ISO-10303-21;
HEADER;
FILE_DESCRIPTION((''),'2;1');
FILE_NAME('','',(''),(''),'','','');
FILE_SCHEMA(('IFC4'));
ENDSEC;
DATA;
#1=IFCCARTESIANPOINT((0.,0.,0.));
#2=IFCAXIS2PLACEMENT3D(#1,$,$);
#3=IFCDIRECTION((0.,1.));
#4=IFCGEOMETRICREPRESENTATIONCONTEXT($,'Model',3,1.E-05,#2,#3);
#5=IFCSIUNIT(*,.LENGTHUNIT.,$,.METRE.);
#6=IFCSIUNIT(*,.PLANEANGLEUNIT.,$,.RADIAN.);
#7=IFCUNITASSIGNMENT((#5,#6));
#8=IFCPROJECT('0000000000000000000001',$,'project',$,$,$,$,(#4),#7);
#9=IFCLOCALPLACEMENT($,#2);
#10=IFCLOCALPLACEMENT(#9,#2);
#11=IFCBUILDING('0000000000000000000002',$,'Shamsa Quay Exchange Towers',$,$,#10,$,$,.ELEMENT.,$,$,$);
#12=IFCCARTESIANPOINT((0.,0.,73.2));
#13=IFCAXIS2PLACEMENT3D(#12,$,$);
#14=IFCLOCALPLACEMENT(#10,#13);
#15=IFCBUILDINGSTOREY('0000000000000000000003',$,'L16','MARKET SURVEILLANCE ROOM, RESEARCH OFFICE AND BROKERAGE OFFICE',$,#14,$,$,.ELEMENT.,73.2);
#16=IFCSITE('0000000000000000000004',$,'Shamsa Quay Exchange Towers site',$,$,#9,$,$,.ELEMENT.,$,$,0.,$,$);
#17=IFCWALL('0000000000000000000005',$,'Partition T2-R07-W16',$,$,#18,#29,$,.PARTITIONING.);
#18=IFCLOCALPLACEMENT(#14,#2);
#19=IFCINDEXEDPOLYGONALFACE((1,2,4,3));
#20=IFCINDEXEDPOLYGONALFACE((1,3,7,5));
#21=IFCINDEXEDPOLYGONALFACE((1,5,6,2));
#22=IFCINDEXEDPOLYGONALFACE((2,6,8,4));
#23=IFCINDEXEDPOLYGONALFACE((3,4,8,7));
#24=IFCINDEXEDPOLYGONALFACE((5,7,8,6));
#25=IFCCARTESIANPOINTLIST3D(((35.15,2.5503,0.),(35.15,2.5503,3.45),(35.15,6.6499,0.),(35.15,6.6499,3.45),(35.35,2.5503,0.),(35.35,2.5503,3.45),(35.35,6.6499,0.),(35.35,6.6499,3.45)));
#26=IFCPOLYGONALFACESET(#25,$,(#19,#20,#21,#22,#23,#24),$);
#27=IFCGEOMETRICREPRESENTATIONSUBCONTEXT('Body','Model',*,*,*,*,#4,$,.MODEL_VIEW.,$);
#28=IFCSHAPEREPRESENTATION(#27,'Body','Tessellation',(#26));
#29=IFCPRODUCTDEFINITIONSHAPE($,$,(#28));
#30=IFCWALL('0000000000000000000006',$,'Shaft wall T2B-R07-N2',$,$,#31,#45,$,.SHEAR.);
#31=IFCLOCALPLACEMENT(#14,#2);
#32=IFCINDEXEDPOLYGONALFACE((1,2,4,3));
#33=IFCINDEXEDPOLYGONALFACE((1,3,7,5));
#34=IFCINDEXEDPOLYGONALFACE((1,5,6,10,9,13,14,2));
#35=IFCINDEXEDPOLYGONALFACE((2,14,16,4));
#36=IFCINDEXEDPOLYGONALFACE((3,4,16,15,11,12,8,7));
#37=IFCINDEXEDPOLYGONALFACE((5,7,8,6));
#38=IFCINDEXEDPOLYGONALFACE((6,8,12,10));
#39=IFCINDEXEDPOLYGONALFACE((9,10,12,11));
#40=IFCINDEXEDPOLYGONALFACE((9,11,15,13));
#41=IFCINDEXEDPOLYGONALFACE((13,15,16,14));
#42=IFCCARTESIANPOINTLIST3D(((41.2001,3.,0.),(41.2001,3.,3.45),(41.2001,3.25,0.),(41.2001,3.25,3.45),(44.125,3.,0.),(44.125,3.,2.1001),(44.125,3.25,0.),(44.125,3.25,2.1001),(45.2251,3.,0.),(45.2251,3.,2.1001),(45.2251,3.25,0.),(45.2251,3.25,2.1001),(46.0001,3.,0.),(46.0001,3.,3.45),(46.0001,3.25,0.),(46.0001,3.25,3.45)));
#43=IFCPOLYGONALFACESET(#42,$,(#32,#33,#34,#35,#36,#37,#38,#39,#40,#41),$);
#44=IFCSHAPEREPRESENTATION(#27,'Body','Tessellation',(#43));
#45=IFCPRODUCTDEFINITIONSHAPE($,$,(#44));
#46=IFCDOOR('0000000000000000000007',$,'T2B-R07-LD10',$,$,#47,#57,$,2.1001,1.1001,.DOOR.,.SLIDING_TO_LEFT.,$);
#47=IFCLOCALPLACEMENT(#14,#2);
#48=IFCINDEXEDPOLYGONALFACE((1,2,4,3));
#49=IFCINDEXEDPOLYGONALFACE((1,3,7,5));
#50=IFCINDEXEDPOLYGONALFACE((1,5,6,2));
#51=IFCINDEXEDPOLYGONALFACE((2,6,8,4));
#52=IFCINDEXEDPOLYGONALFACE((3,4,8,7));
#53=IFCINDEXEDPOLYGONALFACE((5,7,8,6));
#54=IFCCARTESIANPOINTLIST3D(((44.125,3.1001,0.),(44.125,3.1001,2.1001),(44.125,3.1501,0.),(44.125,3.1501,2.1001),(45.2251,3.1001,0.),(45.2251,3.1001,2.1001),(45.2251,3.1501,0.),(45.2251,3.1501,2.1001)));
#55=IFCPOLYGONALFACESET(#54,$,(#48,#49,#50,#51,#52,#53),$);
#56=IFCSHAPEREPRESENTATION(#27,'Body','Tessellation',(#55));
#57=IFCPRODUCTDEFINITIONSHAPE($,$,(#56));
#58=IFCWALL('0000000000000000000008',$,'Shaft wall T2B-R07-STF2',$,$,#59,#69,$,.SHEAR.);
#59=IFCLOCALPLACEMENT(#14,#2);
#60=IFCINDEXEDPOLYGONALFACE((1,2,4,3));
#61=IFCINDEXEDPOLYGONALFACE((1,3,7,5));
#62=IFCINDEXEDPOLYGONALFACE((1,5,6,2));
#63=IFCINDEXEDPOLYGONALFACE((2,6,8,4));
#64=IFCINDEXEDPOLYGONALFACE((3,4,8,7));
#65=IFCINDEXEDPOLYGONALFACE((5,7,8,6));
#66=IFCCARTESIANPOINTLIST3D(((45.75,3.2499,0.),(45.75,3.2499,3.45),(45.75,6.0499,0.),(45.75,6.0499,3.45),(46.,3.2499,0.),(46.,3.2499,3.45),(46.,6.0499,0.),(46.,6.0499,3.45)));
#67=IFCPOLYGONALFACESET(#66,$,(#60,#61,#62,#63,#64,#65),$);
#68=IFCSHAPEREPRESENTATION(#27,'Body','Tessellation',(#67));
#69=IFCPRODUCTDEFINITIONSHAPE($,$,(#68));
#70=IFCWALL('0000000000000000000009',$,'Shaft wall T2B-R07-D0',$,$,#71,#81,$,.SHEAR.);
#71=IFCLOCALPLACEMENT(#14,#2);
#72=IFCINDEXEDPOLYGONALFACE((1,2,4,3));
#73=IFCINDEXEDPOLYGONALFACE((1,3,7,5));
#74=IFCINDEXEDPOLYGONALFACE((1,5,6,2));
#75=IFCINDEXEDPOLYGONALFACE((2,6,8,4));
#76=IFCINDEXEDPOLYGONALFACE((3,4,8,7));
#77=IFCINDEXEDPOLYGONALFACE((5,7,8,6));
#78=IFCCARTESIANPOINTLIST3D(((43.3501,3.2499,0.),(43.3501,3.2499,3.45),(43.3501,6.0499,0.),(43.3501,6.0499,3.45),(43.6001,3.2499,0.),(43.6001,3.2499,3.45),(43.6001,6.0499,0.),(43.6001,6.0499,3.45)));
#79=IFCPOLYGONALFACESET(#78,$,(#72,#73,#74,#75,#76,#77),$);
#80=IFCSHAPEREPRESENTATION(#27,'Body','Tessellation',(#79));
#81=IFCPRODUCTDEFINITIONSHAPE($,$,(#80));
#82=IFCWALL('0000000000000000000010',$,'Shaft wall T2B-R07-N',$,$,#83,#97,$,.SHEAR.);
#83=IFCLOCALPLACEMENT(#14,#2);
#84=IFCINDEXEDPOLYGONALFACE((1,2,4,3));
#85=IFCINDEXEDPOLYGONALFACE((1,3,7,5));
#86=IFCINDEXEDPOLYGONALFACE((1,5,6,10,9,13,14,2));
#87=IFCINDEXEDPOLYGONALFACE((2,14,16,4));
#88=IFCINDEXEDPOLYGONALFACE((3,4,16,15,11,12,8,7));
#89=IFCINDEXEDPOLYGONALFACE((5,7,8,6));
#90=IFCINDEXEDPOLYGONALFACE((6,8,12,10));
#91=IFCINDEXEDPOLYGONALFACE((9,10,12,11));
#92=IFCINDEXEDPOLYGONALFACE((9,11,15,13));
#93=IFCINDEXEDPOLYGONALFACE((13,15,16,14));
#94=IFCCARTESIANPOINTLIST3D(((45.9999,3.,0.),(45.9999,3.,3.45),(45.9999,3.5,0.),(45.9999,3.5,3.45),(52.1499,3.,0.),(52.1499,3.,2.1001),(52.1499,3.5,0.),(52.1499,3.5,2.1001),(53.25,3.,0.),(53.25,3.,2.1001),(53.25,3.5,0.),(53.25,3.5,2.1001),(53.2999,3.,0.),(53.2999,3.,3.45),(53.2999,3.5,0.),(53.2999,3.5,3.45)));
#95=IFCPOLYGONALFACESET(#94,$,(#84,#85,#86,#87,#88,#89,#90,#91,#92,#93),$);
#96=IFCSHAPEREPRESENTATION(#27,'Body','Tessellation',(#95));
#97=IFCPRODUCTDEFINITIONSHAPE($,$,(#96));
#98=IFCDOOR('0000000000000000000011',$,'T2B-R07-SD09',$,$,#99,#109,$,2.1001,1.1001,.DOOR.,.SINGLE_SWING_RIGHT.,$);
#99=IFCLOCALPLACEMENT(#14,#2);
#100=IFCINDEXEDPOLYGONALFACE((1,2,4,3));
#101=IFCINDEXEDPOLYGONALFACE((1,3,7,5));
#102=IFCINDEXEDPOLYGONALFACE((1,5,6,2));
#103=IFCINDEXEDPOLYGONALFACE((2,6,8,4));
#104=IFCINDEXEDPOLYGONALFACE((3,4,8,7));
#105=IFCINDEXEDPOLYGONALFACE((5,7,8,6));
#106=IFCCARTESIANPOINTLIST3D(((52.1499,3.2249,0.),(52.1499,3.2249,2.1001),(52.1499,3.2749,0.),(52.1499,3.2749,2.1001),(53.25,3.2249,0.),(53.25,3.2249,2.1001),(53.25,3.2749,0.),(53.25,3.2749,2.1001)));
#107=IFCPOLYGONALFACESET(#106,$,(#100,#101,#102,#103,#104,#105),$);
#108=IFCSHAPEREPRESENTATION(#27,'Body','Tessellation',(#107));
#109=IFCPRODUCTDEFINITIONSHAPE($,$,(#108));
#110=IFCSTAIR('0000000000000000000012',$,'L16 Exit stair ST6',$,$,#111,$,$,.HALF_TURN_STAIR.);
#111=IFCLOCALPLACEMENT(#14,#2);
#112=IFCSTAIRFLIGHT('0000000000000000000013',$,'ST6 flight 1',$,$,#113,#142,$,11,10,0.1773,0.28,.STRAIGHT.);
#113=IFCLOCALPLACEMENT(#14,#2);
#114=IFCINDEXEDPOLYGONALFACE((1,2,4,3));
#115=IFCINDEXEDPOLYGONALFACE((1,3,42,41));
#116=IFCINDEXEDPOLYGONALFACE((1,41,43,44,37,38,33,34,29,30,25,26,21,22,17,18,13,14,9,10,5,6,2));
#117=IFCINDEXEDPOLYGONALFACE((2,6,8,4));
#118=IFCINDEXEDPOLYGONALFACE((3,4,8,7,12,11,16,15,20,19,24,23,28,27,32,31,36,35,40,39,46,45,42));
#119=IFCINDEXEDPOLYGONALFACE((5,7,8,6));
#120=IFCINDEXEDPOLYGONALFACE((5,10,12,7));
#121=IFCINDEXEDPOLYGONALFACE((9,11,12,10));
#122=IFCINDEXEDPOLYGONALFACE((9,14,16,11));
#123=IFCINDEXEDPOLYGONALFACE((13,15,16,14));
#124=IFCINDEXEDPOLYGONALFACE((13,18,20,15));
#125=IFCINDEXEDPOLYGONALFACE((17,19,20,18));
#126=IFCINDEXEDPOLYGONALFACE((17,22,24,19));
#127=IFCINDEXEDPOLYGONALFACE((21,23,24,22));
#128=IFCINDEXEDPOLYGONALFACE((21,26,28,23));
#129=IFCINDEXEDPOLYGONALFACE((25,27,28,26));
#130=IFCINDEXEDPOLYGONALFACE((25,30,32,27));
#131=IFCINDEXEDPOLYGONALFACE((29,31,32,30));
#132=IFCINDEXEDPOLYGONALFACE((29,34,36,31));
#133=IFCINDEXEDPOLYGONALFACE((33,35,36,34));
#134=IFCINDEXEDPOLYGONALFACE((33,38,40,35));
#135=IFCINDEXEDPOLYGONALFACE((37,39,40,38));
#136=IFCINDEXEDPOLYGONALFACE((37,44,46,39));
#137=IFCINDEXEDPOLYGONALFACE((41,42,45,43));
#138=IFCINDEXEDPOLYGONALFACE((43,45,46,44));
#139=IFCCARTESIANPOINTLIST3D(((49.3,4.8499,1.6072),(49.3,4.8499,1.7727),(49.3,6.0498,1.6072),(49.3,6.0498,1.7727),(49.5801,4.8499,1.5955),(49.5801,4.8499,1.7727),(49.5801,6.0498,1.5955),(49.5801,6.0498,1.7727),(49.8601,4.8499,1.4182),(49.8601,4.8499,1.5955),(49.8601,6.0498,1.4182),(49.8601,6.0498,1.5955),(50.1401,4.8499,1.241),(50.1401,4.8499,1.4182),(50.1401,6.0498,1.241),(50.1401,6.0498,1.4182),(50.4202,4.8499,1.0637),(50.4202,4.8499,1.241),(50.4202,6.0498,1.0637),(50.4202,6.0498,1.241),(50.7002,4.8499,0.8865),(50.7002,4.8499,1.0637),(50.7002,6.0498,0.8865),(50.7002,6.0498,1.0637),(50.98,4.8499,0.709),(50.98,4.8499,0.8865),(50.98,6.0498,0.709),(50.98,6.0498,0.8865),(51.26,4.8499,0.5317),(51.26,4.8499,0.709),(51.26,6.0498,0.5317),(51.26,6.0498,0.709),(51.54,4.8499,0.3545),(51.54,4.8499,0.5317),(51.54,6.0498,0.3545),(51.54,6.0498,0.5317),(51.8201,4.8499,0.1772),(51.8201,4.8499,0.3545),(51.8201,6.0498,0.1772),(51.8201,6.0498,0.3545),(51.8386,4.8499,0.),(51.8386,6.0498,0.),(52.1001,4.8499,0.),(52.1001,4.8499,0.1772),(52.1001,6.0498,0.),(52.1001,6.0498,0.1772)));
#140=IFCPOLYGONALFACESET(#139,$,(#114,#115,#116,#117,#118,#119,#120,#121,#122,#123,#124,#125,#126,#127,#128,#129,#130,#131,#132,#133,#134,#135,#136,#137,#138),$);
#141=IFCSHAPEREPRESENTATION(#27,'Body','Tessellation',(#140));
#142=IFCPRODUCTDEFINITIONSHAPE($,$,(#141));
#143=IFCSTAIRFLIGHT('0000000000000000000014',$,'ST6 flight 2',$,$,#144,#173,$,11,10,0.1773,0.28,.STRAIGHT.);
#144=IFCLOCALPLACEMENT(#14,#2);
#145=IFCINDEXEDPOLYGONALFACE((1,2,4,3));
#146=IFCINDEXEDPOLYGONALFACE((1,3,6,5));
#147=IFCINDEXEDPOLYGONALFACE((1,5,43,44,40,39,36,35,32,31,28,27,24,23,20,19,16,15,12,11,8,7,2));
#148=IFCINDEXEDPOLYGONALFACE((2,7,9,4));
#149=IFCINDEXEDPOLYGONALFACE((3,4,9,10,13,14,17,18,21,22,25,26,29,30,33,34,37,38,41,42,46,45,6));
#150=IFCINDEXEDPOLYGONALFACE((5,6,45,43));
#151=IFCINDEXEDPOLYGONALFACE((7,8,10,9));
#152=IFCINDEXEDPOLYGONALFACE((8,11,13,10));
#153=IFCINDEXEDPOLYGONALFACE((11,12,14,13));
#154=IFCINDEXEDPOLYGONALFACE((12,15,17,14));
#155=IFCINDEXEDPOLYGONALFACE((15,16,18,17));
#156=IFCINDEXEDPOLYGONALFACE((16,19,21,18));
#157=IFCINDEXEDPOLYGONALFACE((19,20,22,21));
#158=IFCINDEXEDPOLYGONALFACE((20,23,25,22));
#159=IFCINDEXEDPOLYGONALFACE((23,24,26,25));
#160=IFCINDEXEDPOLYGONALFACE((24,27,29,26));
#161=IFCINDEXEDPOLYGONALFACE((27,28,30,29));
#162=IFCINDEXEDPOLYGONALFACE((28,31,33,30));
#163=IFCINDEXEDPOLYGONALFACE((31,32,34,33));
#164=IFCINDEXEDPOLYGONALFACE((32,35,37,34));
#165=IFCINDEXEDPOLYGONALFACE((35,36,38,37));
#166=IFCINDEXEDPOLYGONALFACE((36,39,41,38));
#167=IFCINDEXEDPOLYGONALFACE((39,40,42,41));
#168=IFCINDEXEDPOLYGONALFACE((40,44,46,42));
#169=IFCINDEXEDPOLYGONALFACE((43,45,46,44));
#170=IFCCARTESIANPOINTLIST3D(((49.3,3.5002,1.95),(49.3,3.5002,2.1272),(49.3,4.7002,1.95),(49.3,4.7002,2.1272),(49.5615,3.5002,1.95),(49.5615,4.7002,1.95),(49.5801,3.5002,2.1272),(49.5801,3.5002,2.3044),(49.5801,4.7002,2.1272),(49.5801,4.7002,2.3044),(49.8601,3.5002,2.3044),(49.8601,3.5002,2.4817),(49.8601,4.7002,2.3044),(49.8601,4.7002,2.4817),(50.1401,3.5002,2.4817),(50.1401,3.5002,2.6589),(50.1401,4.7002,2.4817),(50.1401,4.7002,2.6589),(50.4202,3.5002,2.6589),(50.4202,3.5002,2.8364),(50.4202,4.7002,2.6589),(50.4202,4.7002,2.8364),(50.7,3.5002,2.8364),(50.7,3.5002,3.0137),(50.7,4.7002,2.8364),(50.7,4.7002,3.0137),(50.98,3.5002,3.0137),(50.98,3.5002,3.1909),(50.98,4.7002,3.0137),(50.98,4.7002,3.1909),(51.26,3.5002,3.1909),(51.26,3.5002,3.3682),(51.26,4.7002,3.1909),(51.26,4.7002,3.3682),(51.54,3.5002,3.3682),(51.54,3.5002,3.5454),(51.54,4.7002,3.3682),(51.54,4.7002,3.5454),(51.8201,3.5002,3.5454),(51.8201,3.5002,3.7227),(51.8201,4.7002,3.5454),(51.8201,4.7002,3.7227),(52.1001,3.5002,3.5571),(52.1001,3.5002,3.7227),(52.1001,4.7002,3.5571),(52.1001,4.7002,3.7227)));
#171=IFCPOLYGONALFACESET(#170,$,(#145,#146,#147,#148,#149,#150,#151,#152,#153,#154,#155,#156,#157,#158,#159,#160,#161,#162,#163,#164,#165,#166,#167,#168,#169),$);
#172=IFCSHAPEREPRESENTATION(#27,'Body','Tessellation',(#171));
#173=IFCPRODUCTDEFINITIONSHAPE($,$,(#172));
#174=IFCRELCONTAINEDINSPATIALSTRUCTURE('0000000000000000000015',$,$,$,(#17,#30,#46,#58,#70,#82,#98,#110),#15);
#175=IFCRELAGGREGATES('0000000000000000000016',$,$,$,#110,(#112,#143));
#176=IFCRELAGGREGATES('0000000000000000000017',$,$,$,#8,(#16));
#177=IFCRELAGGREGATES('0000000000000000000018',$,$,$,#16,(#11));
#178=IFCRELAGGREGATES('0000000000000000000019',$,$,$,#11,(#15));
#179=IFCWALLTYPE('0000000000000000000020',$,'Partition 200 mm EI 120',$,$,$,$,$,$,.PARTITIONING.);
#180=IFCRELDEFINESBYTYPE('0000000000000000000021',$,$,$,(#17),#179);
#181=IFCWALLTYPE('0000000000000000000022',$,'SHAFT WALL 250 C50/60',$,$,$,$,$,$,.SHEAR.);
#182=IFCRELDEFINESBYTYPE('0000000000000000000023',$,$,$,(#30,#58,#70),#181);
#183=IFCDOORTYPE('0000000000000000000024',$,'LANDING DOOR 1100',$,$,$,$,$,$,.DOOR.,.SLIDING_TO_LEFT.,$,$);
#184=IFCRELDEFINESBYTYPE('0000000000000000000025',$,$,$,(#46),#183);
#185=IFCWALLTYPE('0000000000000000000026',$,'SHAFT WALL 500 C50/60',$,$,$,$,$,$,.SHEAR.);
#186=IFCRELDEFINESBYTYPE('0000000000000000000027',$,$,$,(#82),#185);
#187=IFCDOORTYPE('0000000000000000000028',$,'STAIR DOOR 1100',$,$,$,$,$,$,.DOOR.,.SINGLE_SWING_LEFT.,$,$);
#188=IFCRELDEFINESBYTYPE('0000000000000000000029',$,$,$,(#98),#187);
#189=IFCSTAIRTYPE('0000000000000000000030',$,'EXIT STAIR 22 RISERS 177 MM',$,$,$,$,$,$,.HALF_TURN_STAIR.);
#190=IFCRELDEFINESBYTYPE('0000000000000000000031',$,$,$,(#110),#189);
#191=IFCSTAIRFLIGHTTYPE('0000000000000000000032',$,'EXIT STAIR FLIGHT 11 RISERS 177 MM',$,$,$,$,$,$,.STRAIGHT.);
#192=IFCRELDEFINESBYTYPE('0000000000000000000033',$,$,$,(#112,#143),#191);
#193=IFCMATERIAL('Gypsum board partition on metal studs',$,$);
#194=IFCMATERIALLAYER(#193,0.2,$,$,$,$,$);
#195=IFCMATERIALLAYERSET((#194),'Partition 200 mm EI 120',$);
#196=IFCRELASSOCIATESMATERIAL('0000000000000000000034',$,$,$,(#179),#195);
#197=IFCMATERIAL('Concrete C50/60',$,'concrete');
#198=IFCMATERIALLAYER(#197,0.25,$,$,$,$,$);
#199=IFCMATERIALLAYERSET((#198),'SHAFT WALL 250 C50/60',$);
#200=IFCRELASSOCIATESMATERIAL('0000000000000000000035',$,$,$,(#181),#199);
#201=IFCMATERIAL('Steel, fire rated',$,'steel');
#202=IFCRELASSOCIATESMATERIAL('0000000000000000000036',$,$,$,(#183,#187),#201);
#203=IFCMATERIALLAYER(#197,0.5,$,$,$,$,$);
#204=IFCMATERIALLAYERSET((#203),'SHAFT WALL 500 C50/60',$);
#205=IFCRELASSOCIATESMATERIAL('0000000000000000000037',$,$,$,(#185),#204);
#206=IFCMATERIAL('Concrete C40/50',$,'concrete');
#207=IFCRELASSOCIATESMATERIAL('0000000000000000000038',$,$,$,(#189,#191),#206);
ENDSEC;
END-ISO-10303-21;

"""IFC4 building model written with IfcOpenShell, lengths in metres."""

from ifc_helpers import new_model, si_unit, direction, frame, frame_2d, origin, place, context, subcontext, project, spatial, polyline, rectangle, outline, extrude, material, layer, layer_set, type_object, element, fill, aggregate, save


model = new_model("IFC4")

# Units and contexts
model_context = context("Model", 3, precision=1e-05, world=origin(), true_north=direction((0.0, 1.0)))
body_context = subcontext(model_context, "Body", "Model", "MODEL_VIEW")
ifc_project = project(units=[si_unit("LENGTHUNIT", "METRE"), si_unit("PLANEANGLEUNIT", "RADIAN")], contexts=[model_context])

# Site, building, storey
site_placement = place(None, origin())
site = spatial("IfcSite", under=ifc_project, at=site_placement, Name="Shamsa Quay Exchange Towers site", CompositionType="ELEMENT", RefElevation=0.0)
building_placement = place(site_placement, origin())
building = spatial("IfcBuilding", under=site, at=building_placement, Name="Shamsa Quay Exchange Towers", CompositionType="ELEMENT")
storey_placement = place(building_placement, frame((0.0, 0.0, 73.2)))
storey = spatial("IfcBuildingStorey", under=building, at=storey_placement, Name="L16", Description="MARKET SURVEILLANCE ROOM, RESEARCH OFFICE AND BROKERAGE OFFICE", CompositionType="ELEMENT", Elevation=73.2)

# Shared definitions
ifc_material_1 = material(Name="Gypsum board partition on metal studs")

# Wall
ifc_layer_1 = layer(ifc_material_1, 0.2)
ifc_layer_set_1 = layer_set([ifc_layer_1], Name="Partition 200 mm EI 120")
wall_type_1 = type_object("IfcWallType", Name="Partition 200 mm EI 120", PredefinedType="PARTITIONING", material=ifc_layer_set_1)
wall_1_placement = place(storey_placement, frame((35.25, 6.6499, 0.0), z_axis=(0.0, 0.0, 1.0), x_axis=(0.0, -1.0, 0.0)))
element("IfcWall", 1, at=wall_1_placement, inside=storey, type_object=wall_type_1, Name="Partition T2-R07-W16", PredefinedType="PARTITIONING", context=body_context, shape_type="SweptSolid", body=[
    extrude(rectangle(XDim=4.0996, YDim=0.2, at=frame_2d((2.0498, 0.0))), origin(), (0.0, 0.0, 1.0), 3.45),
])

# Wall, opening, door
ifc_material_2 = material(Name="Concrete C50/60", Category="concrete")
ifc_layer_2 = layer(ifc_material_2, 0.25)
ifc_layer_set_2 = layer_set([ifc_layer_2], Name="SHAFT WALL 250 C50/60")
wall_type_2 = type_object("IfcWallType", Name="SHAFT WALL 250 C50/60", PredefinedType="SHEAR", material=ifc_layer_set_2)
wall_2_placement = place(storey_placement, frame((46.0, 3.125, 0.0), z_axis=(0.0, 0.0, 1.0), x_axis=(-1.0, 0.0, 0.0)))
wall_2 = element("IfcWall", 2, at=wall_2_placement, inside=storey, type_object=wall_type_2, Name="Shaft wall T2B-R07-N2", PredefinedType="SHEAR", context=body_context, shape_type="SweptSolid", body=[
    extrude(rectangle(XDim=4.8, YDim=0.25, at=frame_2d((2.3999, 0.0))), origin(), (0.0, 0.0, 1.0), 3.45),
])
opening_1_placement = place(wall_2_placement, frame((0.7749, 0.0, 0.0)))
opening_1 = element("IfcOpeningElement", 3, at=opening_1_placement, cuts=wall_2, PredefinedType="OPENING", context=body_context, shape_type="SweptSolid", body=[
    extrude(rectangle(XDim=1.1001, YDim=2.1001, at=frame_2d((0.55, 1.05))), frame((0.0, 0.135, 0.0), z_axis=(0.0, -1.0, 0.0), x_axis=(1.0, 0.0, 0.0)), (0.0, 0.0, 1.0), 0.27),
])
ifc_material_3 = material(Name="Steel, fire rated", Category="steel")
door_type_1 = type_object("IfcDoorType", Name="LANDING DOOR 1100", OperationType="SLIDING_TO_LEFT", PredefinedType="DOOR", material=ifc_material_3)
door_1_placement = place(opening_1_placement, origin())
door_1 = element("IfcDoor", 4, at=door_1_placement, inside=storey, type_object=door_type_1, Name="T2B-R07-LD10", OperationType="SLIDING_TO_LEFT", OverallHeight=2.1001, OverallWidth=1.1001, PredefinedType="DOOR", context=body_context, shape_type="SweptSolid", body=[
    extrude(rectangle(XDim=1.1001, YDim=2.1001, at=frame_2d((0.55, 1.05))), frame((0.0, 0.0249, 0.0), z_axis=(0.0, -1.0, 0.0), x_axis=(1.0, 0.0, 0.0)), (0.0, 0.0, 1.0), 0.05),
])
fill(opening_1, door_1)

# Walls
for number, where, z_axis, x_axis, name in (
    (5, (45.875, 3.25, 0.0), (0.0, 0.0, 1.0), (0.0, 1.0, 0.0), "Shaft wall T2B-R07-STF2"),
    (6, (43.4751, 3.25, 0.0), (0.0, 0.0, 1.0), (0.0, 1.0, 0.0), "Shaft wall T2B-R07-D0"),
):
    element("IfcWall", number, at=place(storey_placement, frame(where, z_axis=z_axis, x_axis=x_axis)), inside=storey, type_object=wall_type_2, Name=name, PredefinedType="SHEAR", context=body_context, shape_type="SweptSolid", body=[
        extrude(rectangle(XDim=2.8, YDim=0.25, at=frame_2d((1.3999, 0.0))), origin(), (0.0, 0.0, 1.0), 3.45),
    ])

# Wall, opening, door
ifc_layer_3 = layer(ifc_material_2, 0.5)
ifc_layer_set_3 = layer_set([ifc_layer_3], Name="SHAFT WALL 500 C50/60")
wall_type_3 = type_object("IfcWallType", Name="SHAFT WALL 500 C50/60", PredefinedType="SHEAR", material=ifc_layer_set_3)
wall_3_placement = place(storey_placement, frame((46.0, 3.25, 0.0)))
wall_3 = element("IfcWall", 7, at=wall_3_placement, inside=storey, type_object=wall_type_3, Name="Shaft wall T2B-R07-N", PredefinedType="SHEAR", context=body_context, shape_type="SweptSolid", body=[
    extrude(rectangle(XDim=7.3, YDim=0.5, at=frame_2d((3.6499, 0.0))), origin(), (0.0, 0.0, 1.0), 3.45),
])
opening_2_placement = place(wall_3_placement, frame((6.1499, 0.0, 0.0)))
opening_2 = element("IfcOpeningElement", 8, at=opening_2_placement, cuts=wall_3, PredefinedType="OPENING", context=body_context, shape_type="SweptSolid", body=[
    extrude(rectangle(XDim=1.1001, YDim=2.1001, at=frame_2d((0.55, 1.05))), frame((0.0, 0.26, 0.0), z_axis=(0.0, -1.0, 0.0), x_axis=(1.0, 0.0, 0.0)), (0.0, 0.0, 1.0), 0.52),
])
door_type_2 = type_object("IfcDoorType", Name="STAIR DOOR 1100", OperationType="SINGLE_SWING_LEFT", PredefinedType="DOOR", material=ifc_material_3)
door_2_placement = place(opening_2_placement, origin())
door_2 = element("IfcDoor", 9, at=door_2_placement, inside=storey, type_object=door_type_2, Name="T2B-R07-SD09", OperationType="SINGLE_SWING_RIGHT", OverallHeight=2.1001, OverallWidth=1.1001, PredefinedType="DOOR", context=body_context, shape_type="SweptSolid", body=[
    extrude(rectangle(XDim=1.1001, YDim=2.1001, at=frame_2d((0.55, 1.05))), frame((0.0, 0.0249, 0.0), z_axis=(0.0, -1.0, 0.0), x_axis=(1.0, 0.0, 0.0)), (0.0, 0.0, 1.0), 0.05),
])
fill(opening_2, door_2)

# Stair, stair flights
ifc_material_4 = material(Name="Concrete C40/50", Category="concrete")
stair_type = type_object("IfcStairType", Name="EXIT STAIR 22 RISERS 177 MM", PredefinedType="HALF_TURN_STAIR", material=ifc_material_4)
stair_placement = place(storey_placement, origin())
stair = element("IfcStair", 10, at=stair_placement, inside=storey, type_object=stair_type, Name="L16 Exit stair ST6", PredefinedType="HALF_TURN_STAIR")
stair_flight_type = type_object("IfcStairFlightType", Name="EXIT STAIR FLIGHT 11 RISERS 177 MM", PredefinedType="STRAIGHT", material=ifc_material_4)
stair_flight_1_placement = place(storey_placement, frame((52.1001, 5.45, 0.0), z_axis=(0.0, 0.0, 1.0), x_axis=(-1.0, 0.0, 0.0)))
stair_flight_1 = element("IfcStairFlight", 11, at=stair_flight_1_placement, type_object=stair_flight_type, Name="ST6 flight 1", NumberOfRisers=11, NumberOfTreads=10, PredefinedType="STRAIGHT", RiserHeight=0.1773, TreadLength=0.28, context=body_context, shape_type="SweptSolid", body=[
    extrude(outline(polyline([(0.0, 0.0), (0.0, 0.1772), (0.28, 0.1772), (0.28, 0.3545), (0.5601, 0.3545), (0.5601, 0.5317), (0.8401, 0.5317), (0.8401, 0.709), (1.1201, 0.709), (1.1201, 0.8865), (1.3999, 0.8865), (1.3999, 1.0637), (1.6799, 1.0637), (1.6799, 1.241), (1.96, 1.241), (1.96, 1.4182), (2.24, 1.4182), (2.24, 1.5955), (2.52, 1.5955), (2.52, 1.7727), (2.8, 1.7727), (2.8, 1.95), (2.8, 1.6072), (0.2615, 0.0), (0.0, 0.0)])), frame((0.0, 0.6001, 0.0), z_axis=(0.0, -1.0, 0.0), x_axis=(1.0, 0.0, 0.0)), (0.0, 0.0, 1.0), 1.2),
])
stair_flight_2_placement = place(storey_placement, frame((49.3, 4.1001, 1.95)))
stair_flight_2 = element("IfcStairFlight", 12, at=stair_flight_2_placement, type_object=stair_flight_type, Name="ST6 flight 2", NumberOfRisers=11, NumberOfTreads=10, PredefinedType="STRAIGHT", RiserHeight=0.1773, TreadLength=0.28, context=body_context, shape_type="SweptSolid", body=[
    extrude(outline(polyline([(0.0, 0.0), (0.0, 0.1772), (0.28, 0.1772), (0.28, 0.3545), (0.5601, 0.3545), (0.5601, 0.5317), (0.8401, 0.5317), (0.8401, 0.709), (1.1201, 0.709), (1.1201, 0.8865), (1.3999, 0.8865), (1.3999, 1.0637), (1.6799, 1.0637), (1.6799, 1.241), (1.96, 1.241), (1.96, 1.4182), (2.24, 1.4182), (2.24, 1.5955), (2.52, 1.5955), (2.52, 1.7727), (2.8, 1.7727), (2.8, 1.95), (2.8, 1.6072), (0.2615, 0.0), (0.0, 0.0)])), frame((0.0, 0.6001, 0.0), z_axis=(0.0, -1.0, 0.0), x_axis=(1.0, 0.0, 0.0)), (0.0, 0.0, 1.0), 1.2),
])
aggregate(stair, [stair_flight_1, stair_flight_2])

save(model, "model.ifc")
